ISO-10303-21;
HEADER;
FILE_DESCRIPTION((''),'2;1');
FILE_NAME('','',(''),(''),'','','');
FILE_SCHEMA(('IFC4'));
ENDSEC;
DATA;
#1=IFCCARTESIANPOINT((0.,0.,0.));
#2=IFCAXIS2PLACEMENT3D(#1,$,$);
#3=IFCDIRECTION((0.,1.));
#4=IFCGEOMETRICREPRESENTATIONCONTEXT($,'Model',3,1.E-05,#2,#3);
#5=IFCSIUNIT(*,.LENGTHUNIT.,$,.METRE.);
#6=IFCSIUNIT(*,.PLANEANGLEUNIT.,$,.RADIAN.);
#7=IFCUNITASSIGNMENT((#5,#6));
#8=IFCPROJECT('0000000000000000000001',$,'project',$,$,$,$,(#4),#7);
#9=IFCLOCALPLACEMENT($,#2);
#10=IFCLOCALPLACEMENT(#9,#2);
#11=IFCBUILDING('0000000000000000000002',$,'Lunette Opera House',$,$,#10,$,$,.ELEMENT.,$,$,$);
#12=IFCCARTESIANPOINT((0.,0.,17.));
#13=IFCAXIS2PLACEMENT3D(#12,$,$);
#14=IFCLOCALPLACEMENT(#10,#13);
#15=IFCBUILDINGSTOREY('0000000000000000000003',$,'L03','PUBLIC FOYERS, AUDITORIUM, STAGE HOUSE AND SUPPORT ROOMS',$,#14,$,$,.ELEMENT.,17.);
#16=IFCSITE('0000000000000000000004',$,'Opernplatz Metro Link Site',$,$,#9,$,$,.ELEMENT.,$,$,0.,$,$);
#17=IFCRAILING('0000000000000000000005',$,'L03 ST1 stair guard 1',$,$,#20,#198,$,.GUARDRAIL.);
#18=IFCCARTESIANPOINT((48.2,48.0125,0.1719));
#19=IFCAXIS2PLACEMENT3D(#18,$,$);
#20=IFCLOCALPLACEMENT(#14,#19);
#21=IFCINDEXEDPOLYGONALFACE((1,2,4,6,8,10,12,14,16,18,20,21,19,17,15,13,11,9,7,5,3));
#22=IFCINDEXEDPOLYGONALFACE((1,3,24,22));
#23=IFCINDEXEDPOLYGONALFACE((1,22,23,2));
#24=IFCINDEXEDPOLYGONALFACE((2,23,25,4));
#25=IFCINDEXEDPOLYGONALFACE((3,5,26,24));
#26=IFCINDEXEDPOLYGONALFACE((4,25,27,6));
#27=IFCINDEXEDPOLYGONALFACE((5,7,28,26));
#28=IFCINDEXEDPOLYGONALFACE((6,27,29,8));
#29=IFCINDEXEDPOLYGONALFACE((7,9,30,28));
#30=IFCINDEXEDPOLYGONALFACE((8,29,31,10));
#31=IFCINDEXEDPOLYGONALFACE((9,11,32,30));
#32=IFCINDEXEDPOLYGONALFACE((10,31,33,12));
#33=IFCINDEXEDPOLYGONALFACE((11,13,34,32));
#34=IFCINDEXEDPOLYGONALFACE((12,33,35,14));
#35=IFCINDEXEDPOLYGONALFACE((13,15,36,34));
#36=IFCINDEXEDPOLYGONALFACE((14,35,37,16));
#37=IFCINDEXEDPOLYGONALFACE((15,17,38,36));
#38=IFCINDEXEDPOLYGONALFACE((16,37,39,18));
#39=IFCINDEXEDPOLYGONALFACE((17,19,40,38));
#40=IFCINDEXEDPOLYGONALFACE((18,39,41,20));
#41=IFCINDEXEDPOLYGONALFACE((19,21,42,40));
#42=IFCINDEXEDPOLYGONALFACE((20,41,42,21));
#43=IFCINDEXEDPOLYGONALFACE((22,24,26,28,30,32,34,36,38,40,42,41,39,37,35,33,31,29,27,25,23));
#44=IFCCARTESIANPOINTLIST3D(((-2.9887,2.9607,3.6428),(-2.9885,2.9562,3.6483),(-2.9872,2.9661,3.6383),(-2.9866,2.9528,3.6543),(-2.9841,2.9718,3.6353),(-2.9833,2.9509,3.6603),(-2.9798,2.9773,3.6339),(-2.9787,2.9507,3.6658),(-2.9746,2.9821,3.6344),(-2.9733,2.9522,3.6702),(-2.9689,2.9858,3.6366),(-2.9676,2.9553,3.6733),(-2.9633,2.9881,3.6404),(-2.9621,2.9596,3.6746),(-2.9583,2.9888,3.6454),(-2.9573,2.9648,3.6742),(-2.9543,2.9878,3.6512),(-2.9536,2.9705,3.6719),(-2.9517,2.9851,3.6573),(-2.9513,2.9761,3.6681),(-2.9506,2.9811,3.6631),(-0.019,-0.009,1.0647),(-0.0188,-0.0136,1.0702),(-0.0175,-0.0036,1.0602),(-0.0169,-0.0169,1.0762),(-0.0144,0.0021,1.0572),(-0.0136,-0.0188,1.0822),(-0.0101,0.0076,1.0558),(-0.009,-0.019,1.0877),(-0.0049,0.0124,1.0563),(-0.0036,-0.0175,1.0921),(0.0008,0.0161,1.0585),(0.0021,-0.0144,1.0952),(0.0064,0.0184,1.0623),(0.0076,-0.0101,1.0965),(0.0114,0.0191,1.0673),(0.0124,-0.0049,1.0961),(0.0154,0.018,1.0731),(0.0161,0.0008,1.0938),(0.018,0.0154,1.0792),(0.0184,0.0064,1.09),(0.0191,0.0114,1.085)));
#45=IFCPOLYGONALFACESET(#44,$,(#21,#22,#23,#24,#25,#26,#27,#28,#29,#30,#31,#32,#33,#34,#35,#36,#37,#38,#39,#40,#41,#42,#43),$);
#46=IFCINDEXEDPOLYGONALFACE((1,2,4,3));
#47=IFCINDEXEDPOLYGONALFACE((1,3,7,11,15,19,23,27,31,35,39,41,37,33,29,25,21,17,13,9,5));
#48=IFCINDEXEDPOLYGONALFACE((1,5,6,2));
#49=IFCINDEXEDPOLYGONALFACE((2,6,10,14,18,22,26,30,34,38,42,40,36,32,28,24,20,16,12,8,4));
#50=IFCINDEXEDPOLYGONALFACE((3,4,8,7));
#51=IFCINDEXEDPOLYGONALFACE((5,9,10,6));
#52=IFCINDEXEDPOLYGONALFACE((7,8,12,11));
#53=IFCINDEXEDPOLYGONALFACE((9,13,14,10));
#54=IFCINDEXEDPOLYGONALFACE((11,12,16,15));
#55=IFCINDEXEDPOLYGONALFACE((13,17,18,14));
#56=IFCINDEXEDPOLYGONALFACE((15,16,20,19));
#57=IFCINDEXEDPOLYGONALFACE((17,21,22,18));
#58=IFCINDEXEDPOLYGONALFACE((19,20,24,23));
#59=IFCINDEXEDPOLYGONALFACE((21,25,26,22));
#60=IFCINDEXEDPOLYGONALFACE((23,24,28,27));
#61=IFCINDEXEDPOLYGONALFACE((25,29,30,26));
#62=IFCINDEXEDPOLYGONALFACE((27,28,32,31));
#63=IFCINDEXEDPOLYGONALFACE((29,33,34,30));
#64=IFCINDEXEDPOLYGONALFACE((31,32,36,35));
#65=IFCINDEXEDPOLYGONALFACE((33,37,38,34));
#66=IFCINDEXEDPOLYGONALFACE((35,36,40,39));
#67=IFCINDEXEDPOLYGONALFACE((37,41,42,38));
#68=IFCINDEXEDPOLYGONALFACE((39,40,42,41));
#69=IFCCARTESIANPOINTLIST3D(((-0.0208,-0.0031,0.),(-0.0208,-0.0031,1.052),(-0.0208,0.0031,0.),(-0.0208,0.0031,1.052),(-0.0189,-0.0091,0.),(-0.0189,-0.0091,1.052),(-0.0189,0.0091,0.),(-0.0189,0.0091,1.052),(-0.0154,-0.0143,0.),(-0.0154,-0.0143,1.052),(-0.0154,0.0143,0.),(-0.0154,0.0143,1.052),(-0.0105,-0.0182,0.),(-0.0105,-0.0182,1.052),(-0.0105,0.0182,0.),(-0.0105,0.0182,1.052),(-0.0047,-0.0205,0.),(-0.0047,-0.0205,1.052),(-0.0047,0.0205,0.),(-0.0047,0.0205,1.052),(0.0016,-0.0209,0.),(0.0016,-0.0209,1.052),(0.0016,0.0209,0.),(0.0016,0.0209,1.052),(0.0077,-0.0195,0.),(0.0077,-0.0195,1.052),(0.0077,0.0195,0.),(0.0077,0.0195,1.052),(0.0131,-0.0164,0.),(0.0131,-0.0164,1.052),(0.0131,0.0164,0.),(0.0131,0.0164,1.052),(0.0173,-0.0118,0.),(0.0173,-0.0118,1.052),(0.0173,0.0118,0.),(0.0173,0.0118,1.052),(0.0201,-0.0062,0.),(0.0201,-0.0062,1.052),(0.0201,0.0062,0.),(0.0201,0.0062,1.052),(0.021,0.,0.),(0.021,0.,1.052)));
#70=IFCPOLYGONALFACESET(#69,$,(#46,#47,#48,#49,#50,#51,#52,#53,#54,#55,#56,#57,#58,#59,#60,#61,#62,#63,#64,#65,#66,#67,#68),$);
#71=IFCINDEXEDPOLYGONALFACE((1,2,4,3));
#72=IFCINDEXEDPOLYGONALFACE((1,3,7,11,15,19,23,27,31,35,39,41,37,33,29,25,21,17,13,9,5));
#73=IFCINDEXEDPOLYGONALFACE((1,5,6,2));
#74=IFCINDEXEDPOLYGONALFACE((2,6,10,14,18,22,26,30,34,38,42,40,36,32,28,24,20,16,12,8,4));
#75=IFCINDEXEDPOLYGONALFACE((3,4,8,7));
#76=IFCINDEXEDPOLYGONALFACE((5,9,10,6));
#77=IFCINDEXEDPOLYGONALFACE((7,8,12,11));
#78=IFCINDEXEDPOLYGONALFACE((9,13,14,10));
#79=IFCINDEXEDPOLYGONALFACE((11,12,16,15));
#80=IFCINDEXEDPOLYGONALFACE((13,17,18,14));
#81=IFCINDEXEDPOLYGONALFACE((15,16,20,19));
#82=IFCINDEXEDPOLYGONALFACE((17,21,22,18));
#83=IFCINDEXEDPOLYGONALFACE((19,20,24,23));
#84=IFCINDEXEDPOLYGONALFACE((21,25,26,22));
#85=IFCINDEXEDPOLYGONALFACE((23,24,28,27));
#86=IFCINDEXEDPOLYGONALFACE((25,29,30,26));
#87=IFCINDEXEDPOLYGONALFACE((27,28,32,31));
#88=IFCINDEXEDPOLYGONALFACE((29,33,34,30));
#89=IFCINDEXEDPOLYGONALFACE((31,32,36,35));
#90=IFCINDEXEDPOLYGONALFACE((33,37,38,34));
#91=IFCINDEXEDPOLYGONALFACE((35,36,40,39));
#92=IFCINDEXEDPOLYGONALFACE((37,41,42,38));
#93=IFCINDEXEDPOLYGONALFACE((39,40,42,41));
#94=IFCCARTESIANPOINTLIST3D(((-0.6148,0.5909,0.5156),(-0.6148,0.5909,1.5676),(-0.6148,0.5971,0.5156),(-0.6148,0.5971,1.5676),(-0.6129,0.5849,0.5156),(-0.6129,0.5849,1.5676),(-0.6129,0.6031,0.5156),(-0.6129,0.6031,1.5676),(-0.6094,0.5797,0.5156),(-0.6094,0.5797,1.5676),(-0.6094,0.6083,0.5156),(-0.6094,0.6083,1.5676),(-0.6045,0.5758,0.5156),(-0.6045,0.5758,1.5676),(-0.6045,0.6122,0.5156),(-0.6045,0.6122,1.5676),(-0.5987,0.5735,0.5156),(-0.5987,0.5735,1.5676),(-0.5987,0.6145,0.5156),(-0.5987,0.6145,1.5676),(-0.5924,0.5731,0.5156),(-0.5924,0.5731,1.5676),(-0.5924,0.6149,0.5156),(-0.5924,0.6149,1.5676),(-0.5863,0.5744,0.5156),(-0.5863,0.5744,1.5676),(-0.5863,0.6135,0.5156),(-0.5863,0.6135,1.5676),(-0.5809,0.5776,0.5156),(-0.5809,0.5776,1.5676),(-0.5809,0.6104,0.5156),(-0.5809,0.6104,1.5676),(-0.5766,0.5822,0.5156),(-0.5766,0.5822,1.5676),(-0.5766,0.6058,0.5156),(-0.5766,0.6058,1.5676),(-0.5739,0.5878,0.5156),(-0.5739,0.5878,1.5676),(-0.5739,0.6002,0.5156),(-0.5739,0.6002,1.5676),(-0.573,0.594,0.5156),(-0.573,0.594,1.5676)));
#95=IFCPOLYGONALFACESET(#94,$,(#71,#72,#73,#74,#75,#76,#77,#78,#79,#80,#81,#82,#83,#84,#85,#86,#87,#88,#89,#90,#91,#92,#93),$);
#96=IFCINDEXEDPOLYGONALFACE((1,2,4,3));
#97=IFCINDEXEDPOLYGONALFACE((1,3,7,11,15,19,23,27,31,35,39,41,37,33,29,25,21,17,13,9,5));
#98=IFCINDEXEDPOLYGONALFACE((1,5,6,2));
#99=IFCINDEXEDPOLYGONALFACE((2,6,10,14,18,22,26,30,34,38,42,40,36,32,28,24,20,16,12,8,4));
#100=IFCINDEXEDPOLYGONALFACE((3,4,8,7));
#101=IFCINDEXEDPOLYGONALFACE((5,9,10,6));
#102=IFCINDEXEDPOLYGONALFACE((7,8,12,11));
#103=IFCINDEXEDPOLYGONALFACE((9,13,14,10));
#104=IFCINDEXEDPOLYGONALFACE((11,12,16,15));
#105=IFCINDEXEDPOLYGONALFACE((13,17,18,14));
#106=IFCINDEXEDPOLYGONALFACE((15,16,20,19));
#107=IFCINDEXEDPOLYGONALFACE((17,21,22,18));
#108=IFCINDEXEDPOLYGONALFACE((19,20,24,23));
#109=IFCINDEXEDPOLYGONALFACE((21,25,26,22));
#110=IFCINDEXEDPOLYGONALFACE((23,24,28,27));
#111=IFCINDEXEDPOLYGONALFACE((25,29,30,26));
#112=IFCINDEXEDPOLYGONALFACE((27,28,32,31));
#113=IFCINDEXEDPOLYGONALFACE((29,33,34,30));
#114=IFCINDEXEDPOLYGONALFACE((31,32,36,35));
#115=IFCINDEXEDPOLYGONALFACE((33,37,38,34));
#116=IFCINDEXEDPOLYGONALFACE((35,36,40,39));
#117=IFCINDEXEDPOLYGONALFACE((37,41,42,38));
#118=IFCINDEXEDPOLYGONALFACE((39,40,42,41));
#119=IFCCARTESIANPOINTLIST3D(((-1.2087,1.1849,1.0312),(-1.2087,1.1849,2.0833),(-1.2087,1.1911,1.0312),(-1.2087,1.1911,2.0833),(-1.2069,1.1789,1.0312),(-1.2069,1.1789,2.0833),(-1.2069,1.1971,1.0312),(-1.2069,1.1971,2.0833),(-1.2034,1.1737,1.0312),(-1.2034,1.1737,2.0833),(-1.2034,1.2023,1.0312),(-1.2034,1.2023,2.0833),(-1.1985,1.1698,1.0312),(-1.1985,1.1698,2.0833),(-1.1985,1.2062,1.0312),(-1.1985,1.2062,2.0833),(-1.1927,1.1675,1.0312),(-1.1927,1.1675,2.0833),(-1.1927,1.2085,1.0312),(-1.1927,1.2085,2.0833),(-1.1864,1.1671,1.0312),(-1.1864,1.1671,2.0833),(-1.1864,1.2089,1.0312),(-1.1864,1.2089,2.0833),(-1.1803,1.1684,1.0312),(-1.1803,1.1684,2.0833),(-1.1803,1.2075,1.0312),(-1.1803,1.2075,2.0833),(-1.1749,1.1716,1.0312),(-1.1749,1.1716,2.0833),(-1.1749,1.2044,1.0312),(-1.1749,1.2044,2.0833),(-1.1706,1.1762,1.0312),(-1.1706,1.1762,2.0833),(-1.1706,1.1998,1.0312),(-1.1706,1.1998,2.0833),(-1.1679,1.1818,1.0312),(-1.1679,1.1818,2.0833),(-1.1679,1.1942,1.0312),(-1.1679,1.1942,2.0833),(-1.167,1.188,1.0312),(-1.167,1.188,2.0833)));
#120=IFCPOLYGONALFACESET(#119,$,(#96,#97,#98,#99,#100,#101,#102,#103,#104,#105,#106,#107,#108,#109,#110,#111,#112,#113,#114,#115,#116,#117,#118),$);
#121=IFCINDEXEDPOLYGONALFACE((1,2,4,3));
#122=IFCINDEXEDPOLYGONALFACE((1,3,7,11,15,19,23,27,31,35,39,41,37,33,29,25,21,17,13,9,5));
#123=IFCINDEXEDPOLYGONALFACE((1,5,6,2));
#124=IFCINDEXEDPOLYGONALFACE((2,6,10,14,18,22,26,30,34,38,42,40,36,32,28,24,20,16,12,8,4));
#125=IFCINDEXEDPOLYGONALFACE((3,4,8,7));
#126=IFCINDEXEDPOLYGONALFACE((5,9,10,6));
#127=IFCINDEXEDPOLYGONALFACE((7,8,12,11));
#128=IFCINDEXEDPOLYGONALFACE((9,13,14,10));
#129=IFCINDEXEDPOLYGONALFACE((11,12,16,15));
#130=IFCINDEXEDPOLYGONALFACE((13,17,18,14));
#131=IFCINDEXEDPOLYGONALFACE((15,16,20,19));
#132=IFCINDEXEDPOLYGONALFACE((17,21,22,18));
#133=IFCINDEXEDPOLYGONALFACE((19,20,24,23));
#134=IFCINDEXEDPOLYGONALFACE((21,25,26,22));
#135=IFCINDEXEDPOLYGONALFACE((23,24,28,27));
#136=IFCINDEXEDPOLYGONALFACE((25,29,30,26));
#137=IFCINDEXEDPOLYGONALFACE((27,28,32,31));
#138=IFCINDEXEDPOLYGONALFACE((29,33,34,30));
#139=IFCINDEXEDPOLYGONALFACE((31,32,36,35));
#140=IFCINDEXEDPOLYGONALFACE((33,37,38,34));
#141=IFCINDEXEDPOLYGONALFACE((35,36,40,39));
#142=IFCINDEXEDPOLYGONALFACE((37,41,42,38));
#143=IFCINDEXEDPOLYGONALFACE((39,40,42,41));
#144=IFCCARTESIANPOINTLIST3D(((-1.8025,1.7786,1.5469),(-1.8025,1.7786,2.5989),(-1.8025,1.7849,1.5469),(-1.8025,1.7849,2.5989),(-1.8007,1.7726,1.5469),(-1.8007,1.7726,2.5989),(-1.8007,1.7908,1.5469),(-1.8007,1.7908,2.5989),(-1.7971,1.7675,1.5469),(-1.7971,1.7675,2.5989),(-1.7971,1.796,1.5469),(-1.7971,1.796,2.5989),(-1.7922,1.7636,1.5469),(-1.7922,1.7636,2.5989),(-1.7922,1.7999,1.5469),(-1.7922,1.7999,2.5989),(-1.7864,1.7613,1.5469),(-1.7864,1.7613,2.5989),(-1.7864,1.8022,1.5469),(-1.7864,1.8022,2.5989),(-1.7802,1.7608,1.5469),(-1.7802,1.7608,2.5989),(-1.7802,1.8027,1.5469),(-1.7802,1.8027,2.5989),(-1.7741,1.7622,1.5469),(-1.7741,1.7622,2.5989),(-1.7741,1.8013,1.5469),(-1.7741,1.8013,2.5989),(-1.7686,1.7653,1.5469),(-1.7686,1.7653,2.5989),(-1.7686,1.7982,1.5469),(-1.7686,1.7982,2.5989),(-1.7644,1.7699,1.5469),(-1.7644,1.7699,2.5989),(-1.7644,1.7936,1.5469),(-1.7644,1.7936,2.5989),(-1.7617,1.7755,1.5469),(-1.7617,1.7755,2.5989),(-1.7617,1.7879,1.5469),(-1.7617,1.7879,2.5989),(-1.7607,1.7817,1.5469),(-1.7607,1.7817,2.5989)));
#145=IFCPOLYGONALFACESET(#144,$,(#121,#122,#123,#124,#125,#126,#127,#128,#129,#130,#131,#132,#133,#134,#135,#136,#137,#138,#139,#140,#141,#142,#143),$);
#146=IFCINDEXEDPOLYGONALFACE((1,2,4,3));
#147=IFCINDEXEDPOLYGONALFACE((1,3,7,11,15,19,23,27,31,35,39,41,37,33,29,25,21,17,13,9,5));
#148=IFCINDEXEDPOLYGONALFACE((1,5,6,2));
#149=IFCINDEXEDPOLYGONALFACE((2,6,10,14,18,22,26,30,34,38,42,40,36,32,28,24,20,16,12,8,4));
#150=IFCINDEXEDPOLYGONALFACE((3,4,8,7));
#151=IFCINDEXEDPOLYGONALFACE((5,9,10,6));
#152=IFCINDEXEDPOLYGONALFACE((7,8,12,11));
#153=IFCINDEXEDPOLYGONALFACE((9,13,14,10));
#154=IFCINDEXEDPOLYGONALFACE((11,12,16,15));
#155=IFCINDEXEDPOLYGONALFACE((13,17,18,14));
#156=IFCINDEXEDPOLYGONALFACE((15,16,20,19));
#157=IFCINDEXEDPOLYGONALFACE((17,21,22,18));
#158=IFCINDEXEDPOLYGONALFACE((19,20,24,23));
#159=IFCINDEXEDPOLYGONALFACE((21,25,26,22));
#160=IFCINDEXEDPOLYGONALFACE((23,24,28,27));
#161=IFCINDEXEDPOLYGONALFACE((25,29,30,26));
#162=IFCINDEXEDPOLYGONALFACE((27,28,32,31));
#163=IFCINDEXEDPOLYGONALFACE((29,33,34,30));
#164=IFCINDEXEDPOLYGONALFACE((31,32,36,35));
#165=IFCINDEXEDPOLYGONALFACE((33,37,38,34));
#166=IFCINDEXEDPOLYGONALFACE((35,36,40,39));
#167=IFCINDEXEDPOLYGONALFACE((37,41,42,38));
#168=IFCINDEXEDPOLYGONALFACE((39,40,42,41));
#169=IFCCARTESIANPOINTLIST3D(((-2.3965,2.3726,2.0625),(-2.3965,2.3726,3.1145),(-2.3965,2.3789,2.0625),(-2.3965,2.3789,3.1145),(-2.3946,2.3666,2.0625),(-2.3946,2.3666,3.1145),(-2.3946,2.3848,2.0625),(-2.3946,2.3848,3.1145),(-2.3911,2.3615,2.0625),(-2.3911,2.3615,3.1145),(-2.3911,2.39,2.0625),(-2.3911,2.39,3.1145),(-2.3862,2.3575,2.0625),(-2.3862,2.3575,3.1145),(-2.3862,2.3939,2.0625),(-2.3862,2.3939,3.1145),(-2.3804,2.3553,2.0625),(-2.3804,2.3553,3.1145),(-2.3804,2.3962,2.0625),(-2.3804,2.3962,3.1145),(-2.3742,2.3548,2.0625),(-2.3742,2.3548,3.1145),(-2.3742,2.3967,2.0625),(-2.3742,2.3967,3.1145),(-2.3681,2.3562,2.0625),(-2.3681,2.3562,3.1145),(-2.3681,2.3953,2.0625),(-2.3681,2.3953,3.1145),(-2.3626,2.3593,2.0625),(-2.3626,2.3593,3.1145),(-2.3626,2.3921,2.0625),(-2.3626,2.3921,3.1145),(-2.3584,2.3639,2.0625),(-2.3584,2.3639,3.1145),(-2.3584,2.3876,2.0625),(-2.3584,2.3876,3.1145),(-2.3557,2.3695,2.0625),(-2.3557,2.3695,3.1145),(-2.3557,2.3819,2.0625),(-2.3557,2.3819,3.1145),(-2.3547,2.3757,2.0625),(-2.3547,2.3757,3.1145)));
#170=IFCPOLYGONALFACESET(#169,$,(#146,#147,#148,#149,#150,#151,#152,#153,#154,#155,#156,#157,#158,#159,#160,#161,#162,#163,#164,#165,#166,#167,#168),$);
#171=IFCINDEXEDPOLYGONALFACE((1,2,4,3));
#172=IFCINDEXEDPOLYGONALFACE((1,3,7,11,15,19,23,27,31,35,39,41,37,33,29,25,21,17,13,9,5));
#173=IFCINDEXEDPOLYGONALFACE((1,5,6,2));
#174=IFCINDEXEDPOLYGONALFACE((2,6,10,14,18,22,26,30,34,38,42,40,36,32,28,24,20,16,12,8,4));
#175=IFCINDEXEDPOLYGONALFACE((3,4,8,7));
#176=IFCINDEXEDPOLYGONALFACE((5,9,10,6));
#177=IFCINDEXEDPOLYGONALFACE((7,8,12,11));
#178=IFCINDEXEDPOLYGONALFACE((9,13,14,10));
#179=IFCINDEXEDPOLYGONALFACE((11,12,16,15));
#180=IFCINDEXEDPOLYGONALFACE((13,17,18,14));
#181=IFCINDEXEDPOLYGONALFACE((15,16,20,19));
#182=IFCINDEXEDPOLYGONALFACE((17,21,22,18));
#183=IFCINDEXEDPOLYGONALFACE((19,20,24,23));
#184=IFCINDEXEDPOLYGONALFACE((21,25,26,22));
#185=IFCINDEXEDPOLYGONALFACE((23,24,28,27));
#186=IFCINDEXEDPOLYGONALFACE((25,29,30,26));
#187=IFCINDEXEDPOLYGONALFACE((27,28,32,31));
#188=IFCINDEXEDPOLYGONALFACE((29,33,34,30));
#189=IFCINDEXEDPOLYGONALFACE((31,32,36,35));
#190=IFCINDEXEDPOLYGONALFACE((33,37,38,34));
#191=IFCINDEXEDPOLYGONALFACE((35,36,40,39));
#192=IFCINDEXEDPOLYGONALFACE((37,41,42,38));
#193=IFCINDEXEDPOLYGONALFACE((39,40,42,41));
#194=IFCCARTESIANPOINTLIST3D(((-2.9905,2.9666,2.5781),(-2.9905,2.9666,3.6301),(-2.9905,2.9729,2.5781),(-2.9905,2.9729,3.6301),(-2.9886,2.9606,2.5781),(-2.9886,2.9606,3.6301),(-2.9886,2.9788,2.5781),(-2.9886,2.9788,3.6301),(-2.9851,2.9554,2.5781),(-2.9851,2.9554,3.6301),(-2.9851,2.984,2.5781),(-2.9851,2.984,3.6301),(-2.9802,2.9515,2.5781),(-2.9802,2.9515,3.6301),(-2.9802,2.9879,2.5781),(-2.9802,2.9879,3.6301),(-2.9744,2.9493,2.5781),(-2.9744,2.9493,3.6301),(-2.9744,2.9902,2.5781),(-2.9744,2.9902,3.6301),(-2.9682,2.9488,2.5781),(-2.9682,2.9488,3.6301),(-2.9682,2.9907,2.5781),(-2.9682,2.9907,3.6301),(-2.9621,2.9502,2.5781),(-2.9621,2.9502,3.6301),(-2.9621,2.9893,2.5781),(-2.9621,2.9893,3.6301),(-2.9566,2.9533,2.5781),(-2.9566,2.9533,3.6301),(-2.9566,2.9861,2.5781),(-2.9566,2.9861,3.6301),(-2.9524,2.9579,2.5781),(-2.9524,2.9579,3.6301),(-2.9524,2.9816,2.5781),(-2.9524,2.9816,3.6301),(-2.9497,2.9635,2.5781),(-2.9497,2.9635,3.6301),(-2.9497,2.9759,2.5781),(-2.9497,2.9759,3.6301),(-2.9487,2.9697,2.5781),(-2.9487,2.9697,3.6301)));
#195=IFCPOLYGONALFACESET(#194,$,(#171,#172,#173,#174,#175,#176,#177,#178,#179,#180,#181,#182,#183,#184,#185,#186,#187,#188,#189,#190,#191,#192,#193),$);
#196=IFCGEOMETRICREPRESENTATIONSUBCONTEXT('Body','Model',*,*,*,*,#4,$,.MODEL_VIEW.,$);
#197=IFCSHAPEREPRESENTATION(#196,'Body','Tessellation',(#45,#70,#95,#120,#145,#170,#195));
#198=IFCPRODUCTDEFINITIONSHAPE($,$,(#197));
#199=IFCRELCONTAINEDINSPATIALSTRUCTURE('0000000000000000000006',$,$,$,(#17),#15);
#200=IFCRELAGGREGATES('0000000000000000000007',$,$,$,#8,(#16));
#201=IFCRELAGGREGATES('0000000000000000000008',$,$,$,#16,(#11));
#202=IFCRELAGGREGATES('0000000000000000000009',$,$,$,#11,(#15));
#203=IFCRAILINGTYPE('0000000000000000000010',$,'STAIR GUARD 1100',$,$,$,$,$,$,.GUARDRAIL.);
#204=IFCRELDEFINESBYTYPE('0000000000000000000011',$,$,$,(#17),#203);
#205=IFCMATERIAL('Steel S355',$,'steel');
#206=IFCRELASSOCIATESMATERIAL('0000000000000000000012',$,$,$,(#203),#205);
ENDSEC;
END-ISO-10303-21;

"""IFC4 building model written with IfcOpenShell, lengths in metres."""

from ifc_helpers import new_model, si_unit, direction, frame, origin, origin_2d, place, context, subcontext, project, spatial, circle, extrude, material, type_object, element, save


model = new_model("IFC4")

# Units and contexts
model_context = context("Model", 3, precision=1e-05, world=origin(), true_north=direction((0.0, 1.0)))
body_context = subcontext(model_context, "Body", "Model", "MODEL_VIEW")
ifc_project = project(units=[si_unit("LENGTHUNIT", "METRE"), si_unit("PLANEANGLEUNIT", "RADIAN")], contexts=[model_context])

# Site, building, storey
site_placement = place(None, origin())
site = spatial("IfcSite", under=ifc_project, at=site_placement, Name="Opernplatz Metro Link Site", CompositionType="ELEMENT", RefElevation=0.0)
building_placement = place(site_placement, origin())
building = spatial("IfcBuilding", under=site, at=building_placement, Name="Lunette Opera House", CompositionType="ELEMENT")
storey_placement = place(building_placement, frame((0.0, 0.0, 17.0)))
storey = spatial("IfcBuildingStorey", under=building, at=storey_placement, Name="L03", Description="PUBLIC FOYERS, AUDITORIUM, STAGE HOUSE AND SUPPORT ROOMS", CompositionType="ELEMENT", Elevation=17.0)

# Railing
ifc_material_1 = material(Name="Steel S355", Category="steel")
railing_type_1 = type_object("IfcRailingType", Name="STAIR GUARD 1100", PredefinedType="GUARDRAIL", material=ifc_material_1)
railing_1_placement = place(storey_placement, frame((48.2, 48.0125, 0.1719)))
element("IfcRailing", 1, at=railing_1_placement, inside=storey, type_object=railing_type_1, Name="L03 ST1 stair guard 1", PredefinedType="GUARDRAIL", context=body_context, shape_type="SweptSolid", body=[
    extrude(circle(Radius=0.0239, at=origin_2d()), frame((0.0, 0.0, 1.0762), z_axis=(-0.602622, 0.602622, 0.523157), x_axis=(-0.707107, -0.707107, 0.0)), (0.0, 0.0, 1.0), 4.928),
    extrude(circle(Radius=0.021, at=origin_2d()), origin(), (0.0, 0.0, 1.0), 1.052),
    extrude(circle(Radius=0.021, at=origin_2d()), frame((-0.594, 0.594, 0.5156)), (0.0, 0.0, 1.0), 1.052),
    extrude(circle(Radius=0.021, at=origin_2d()), frame((-1.188, 1.188, 1.0312)), (0.0, 0.0, 1.0), 1.052),
    extrude(circle(Radius=0.021, at=origin_2d()), frame((-1.7817, 1.7817, 1.5469)), (0.0, 0.0, 1.0), 1.052),
    extrude(circle(Radius=0.021, at=origin_2d()), frame((-2.3757, 2.3757, 2.0625)), (0.0, 0.0, 1.0), 1.052),
    extrude(circle(Radius=0.021, at=origin_2d()), frame((-2.9697, 2.9697, 2.5781)), (0.0, 0.0, 1.0), 1.052),
])

save(model, "model.ifc")
